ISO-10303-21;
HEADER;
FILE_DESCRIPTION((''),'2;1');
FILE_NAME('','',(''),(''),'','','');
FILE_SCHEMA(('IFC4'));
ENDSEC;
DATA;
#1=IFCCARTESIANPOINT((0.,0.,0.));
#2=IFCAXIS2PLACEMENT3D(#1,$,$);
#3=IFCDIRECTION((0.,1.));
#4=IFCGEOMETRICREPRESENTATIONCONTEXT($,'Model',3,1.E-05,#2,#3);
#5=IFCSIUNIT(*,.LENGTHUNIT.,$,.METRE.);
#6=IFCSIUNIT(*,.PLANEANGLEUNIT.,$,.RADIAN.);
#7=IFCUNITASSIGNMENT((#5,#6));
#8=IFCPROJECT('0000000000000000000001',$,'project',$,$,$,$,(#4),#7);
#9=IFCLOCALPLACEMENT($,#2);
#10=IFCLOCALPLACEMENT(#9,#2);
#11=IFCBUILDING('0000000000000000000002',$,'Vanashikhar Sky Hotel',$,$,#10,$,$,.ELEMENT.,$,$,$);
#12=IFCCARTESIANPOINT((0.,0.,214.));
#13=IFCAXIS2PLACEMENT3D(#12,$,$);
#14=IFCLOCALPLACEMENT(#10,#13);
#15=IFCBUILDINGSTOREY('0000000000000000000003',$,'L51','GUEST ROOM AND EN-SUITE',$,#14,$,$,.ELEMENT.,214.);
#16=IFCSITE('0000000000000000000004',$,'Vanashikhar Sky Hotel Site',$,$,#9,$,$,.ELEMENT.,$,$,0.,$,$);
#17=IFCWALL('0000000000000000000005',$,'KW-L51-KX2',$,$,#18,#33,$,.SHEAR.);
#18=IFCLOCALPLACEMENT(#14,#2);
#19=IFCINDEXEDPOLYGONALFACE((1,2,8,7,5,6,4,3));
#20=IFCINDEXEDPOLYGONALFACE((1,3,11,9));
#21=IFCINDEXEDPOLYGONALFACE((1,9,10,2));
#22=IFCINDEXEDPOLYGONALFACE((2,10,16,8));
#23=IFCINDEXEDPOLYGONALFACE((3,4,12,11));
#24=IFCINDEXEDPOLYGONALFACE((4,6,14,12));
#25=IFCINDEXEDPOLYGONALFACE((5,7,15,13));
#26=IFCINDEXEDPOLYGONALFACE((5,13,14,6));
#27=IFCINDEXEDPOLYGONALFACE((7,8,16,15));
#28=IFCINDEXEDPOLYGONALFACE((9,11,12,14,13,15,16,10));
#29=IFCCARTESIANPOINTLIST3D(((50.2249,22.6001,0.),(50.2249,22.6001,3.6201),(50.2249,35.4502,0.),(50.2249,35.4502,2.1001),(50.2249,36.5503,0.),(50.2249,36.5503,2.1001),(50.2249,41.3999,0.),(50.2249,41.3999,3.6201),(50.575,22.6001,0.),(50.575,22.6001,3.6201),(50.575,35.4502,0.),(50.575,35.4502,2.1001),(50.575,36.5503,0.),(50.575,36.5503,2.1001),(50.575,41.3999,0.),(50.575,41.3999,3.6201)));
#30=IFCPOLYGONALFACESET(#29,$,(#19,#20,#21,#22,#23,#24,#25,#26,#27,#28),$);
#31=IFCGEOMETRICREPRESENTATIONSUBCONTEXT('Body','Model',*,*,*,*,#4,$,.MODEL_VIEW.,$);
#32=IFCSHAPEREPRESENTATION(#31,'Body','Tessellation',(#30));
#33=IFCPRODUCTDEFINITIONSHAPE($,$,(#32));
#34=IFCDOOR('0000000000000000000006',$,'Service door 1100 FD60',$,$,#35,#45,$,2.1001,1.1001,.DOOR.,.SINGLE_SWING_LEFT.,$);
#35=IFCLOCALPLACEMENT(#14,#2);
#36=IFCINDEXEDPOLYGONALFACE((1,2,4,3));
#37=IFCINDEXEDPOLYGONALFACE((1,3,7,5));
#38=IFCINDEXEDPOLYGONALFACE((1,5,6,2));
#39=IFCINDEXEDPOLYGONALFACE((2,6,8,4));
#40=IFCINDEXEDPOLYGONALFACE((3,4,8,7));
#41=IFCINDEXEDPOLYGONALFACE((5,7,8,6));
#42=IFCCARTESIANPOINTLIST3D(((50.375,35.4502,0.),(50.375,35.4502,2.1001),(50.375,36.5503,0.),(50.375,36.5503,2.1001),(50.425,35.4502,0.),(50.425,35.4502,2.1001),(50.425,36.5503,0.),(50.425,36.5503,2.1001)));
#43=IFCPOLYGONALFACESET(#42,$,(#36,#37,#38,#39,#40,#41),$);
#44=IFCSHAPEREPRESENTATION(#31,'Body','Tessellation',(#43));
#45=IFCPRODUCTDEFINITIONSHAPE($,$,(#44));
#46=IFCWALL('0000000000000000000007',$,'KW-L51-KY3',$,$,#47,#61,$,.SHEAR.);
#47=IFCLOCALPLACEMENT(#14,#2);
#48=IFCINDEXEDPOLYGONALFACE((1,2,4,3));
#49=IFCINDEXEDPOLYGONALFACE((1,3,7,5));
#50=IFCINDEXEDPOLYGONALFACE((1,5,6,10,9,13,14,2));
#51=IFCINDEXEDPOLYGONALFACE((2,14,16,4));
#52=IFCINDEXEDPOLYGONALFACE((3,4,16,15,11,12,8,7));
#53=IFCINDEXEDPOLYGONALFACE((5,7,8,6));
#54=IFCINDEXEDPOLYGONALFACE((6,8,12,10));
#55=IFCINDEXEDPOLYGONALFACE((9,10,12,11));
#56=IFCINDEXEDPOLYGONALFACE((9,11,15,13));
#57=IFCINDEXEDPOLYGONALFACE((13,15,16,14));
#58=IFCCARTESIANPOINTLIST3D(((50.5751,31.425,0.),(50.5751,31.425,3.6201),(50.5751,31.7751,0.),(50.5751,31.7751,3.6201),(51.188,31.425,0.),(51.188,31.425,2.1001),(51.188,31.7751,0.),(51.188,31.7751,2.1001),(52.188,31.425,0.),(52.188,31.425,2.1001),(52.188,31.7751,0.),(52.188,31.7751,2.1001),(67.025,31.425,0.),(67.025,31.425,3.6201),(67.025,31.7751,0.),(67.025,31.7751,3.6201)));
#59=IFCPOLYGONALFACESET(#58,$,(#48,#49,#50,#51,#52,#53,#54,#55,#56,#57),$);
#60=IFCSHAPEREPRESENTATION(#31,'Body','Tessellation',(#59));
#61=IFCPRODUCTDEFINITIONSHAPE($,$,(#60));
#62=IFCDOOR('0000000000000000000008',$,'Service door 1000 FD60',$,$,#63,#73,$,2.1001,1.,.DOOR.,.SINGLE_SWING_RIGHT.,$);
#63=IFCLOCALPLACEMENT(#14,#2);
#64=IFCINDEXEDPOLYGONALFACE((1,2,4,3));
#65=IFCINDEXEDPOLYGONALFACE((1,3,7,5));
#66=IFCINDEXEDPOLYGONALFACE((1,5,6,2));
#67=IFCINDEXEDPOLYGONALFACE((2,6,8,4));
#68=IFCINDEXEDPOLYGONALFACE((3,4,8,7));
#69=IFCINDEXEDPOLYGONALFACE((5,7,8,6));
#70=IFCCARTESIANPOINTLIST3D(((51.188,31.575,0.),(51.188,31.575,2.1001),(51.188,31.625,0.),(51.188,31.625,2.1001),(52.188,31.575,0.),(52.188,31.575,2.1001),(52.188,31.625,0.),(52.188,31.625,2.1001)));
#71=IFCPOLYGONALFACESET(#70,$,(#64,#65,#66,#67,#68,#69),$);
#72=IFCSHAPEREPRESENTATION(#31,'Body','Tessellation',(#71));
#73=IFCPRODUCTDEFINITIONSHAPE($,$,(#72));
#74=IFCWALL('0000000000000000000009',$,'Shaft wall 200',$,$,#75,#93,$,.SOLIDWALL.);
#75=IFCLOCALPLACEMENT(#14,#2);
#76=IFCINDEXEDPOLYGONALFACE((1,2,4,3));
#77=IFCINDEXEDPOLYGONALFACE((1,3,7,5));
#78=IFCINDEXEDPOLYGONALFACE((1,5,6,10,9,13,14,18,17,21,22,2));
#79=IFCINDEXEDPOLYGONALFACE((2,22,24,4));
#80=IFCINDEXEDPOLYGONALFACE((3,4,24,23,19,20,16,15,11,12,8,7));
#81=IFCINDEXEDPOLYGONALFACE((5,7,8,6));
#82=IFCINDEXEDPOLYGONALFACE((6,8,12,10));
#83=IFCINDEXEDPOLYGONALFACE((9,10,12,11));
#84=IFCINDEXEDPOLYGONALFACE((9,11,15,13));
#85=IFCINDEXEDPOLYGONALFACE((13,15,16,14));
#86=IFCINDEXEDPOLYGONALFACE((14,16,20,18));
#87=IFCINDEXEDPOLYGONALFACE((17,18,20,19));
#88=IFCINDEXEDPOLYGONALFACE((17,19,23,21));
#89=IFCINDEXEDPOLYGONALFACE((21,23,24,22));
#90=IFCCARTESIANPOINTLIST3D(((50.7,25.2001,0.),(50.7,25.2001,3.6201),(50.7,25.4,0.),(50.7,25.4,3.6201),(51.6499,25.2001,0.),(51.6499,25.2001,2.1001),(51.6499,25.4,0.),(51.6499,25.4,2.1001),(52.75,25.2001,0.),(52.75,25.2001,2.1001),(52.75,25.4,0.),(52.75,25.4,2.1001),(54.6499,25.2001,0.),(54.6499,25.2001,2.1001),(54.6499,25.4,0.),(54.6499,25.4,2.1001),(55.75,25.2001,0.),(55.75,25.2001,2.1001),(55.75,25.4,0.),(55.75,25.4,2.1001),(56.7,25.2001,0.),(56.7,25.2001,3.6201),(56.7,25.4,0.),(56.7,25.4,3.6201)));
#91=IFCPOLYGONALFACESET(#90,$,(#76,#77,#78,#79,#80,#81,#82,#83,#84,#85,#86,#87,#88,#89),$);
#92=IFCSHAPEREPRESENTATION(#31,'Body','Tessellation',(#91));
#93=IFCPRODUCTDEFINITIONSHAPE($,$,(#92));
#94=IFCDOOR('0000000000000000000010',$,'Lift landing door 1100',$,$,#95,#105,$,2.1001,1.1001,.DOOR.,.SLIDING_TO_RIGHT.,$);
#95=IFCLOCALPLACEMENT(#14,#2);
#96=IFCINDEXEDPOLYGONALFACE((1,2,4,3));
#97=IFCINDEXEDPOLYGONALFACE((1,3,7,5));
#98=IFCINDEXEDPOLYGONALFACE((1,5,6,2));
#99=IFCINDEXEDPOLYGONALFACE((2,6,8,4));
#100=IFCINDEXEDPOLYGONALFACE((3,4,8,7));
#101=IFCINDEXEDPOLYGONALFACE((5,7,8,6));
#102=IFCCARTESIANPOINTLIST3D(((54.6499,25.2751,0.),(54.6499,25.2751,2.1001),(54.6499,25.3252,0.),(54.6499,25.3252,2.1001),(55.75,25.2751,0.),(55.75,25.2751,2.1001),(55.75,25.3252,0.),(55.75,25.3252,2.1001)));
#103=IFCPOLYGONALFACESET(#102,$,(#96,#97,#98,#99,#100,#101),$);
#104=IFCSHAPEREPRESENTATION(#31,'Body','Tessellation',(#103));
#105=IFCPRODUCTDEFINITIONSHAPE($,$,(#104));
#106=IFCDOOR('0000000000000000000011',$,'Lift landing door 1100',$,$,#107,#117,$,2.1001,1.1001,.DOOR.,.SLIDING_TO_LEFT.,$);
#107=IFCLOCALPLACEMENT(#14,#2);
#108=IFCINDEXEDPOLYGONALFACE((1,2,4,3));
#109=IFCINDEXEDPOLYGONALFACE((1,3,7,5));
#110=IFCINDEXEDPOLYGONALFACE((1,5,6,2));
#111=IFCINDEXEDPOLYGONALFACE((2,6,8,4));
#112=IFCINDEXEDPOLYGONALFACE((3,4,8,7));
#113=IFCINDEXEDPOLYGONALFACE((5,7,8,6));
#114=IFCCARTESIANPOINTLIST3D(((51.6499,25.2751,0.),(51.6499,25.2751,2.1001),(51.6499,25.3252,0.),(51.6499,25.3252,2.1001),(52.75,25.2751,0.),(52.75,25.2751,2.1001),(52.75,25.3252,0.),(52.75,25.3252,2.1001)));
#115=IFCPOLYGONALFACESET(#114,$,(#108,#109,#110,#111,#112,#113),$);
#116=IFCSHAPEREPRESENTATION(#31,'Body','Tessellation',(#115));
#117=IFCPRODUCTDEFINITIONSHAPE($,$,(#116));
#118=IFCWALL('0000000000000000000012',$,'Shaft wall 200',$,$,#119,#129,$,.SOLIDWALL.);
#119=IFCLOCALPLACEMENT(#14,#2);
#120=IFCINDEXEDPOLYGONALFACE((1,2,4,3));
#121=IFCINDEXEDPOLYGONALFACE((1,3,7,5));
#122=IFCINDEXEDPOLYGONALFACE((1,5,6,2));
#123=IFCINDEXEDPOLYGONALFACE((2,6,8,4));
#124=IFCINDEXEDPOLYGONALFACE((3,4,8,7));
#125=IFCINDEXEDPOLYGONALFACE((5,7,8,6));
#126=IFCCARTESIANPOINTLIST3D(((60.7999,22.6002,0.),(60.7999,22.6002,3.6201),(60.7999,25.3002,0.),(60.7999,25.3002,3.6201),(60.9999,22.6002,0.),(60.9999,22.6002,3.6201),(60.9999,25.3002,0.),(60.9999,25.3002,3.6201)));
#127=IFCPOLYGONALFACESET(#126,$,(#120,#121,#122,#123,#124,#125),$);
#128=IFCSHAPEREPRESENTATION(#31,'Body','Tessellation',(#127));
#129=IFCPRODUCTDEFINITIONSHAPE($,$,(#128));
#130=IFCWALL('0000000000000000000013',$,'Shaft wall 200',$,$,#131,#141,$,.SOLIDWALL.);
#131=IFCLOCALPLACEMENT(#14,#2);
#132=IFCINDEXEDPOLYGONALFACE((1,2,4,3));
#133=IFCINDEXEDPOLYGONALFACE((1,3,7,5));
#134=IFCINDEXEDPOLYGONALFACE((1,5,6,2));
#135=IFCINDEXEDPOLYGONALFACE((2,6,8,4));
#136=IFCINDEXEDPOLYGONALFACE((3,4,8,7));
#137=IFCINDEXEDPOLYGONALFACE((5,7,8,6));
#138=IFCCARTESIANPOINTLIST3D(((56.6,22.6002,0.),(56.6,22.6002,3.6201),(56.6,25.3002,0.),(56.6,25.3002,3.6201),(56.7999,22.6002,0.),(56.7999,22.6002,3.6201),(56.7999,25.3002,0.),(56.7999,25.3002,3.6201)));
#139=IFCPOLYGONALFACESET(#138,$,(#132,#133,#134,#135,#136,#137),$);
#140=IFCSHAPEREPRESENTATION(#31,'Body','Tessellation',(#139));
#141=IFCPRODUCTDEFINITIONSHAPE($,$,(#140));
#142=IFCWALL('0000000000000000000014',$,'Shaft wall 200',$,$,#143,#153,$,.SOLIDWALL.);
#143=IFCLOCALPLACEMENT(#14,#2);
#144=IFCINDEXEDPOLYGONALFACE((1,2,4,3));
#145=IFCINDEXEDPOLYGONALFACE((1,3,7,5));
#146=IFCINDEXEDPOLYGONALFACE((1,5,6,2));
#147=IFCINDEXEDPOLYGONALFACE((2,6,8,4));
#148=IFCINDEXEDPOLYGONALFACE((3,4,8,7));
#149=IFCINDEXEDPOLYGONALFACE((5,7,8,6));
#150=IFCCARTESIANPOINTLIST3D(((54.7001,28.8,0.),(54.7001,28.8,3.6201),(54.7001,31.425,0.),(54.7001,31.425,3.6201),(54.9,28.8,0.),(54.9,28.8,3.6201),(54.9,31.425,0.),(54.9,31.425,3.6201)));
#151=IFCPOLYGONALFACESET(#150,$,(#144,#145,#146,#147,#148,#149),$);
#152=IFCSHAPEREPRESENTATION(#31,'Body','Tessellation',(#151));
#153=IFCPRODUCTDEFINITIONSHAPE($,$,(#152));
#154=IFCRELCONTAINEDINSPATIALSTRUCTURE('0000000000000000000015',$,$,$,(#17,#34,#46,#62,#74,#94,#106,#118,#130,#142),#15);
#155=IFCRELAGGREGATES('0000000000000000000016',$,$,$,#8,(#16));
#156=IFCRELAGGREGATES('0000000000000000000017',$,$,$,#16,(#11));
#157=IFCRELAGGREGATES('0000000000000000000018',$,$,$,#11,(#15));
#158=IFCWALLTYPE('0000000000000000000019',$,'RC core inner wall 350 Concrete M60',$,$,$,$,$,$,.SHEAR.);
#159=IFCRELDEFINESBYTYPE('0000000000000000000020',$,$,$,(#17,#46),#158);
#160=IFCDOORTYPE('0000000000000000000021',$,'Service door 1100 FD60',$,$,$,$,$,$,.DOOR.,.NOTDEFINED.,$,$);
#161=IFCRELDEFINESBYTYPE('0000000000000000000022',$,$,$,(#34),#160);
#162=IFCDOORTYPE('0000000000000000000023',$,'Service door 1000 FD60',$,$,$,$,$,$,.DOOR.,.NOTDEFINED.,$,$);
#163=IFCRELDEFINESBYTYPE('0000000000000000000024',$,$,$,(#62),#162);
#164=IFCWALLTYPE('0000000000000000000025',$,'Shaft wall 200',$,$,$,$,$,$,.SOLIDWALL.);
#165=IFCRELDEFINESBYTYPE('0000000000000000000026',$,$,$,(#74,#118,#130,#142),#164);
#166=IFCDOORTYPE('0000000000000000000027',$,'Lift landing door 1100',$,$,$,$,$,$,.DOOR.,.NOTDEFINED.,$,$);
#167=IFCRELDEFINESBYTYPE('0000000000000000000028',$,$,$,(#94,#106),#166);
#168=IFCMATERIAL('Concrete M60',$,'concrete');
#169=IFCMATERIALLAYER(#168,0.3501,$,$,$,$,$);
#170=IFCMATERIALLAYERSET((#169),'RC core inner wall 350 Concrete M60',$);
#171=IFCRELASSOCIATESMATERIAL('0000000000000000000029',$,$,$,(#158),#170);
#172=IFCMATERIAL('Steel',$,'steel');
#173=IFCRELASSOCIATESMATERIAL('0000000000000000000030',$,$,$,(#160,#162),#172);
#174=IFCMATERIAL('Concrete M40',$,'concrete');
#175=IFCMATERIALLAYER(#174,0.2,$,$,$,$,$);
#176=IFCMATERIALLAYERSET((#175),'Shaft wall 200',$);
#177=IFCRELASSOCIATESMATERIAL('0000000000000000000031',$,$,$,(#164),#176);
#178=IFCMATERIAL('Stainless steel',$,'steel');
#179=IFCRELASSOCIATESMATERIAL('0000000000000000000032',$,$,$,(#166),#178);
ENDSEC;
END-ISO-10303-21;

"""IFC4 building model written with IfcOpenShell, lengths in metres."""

from ifc_helpers import new_model, si_unit, direction, frame, frame_2d, origin, place, context, subcontext, project, spatial, rectangle, extrude, source, transform, mapped, material, layer, layer_set, type_object, element, fill, save


model = new_model("IFC4")

# Units and contexts
model_context = context("Model", 3, precision=1e-05, world=origin(), true_north=direction((0.0, 1.0)))
body_context = subcontext(model_context, "Body", "Model", "MODEL_VIEW")
ifc_project = project(units=[si_unit("LENGTHUNIT", "METRE"), si_unit("PLANEANGLEUNIT", "RADIAN")], contexts=[model_context])

# Site, building, storey
site_placement = place(None, origin())
site = spatial("IfcSite", under=ifc_project, at=site_placement, Name="Vanashikhar Sky Hotel Site", CompositionType="ELEMENT", RefElevation=0.0)
building_placement = place(site_placement, origin())
building = spatial("IfcBuilding", under=site, at=building_placement, Name="Vanashikhar Sky Hotel", CompositionType="ELEMENT")
storey_placement = place(building_placement, frame((0.0, 0.0, 214.0)))
storey = spatial("IfcBuildingStorey", under=building, at=storey_placement, Name="L51", Description="GUEST ROOM AND EN-SUITE", CompositionType="ELEMENT", Elevation=214.0)

# Walls, openings, doors
ifc_material_1 = material(Name="Concrete M60", Category="concrete")
ifc_layer_1 = layer(ifc_material_1, 0.3501)
ifc_layer_set_1 = layer_set([ifc_layer_1], Name="RC core inner wall 350 Concrete M60")
wall_type_1 = type_object("IfcWallType", Name="RC core inner wall 350 Concrete M60", PredefinedType="SHEAR", material=ifc_layer_set_1)
shared_shape_1 = source(origin(), body_context, "Body", "SweptSolid", [
    extrude(rectangle(XDim=18.7998, YDim=0.3501, at=frame_2d((9.3999, 0.0))), origin(), (0.0, 0.0, 1.0), 3.6201),
])
wall_1_placement = place(storey_placement, frame((50.3999, 22.6001, 0.0), z_axis=(0.0, 0.0, 1.0), x_axis=(0.0, 1.0, 0.0)))
wall_1 = element("IfcWall", 1, at=wall_1_placement, inside=storey, type_object=wall_type_1, Name="KW-L51-KX2", PredefinedType="SHEAR", context=body_context, shape_type="MappedRepresentation", body=[
    mapped(shared_shape_1, transform((0.0, 0.0, 0.0), scale=1.0)),
])
shared_shape_2 = source(origin(), body_context, "Body", "SweptSolid", [
    extrude(rectangle(XDim=1.1001, YDim=2.1001, at=frame_2d((0.55, 1.05))), frame((0.0, 0.1851, 0.0), z_axis=(0.0, -1.0, 0.0), x_axis=(1.0, 0.0, 0.0)), (0.0, 0.0, 1.0), 0.3701),
])
opening_1_placement = place(wall_1_placement, frame((12.8501, 0.0, 0.0)))
opening_1 = element("IfcOpeningElement", 2, at=opening_1_placement, cuts=wall_1, PredefinedType="OPENING", context=body_context, shape_type="MappedRepresentation", body=[
    mapped(shared_shape_2, transform((0.0, 0.0, 0.0), scale=1.0)),
])
ifc_material_2 = material(Name="Steel", Category="steel")
door_type_1 = type_object("IfcDoorType", Name="Service door 1100 FD60", OperationType="NOTDEFINED", PredefinedType="DOOR", material=ifc_material_2)
shared_shape_3 = source(origin(), body_context, "Body", "SweptSolid", [
    extrude(rectangle(XDim=1.1001, YDim=2.1001, at=frame_2d((0.55, 1.05))), frame((0.0, 0.0249, 0.0), z_axis=(0.0, -1.0, 0.0), x_axis=(1.0, 0.0, 0.0)), (0.0, 0.0, 1.0), 0.05),
])
door_1_placement = place(opening_1_placement, origin())
door_1 = element("IfcDoor", 3, at=door_1_placement, inside=storey, type_object=door_type_1, Name="Service door 1100 FD60", OperationType="SINGLE_SWING_LEFT", OverallHeight=2.1001, OverallWidth=1.1001, PredefinedType="DOOR", context=body_context, shape_type="MappedRepresentation", body=[
    mapped(shared_shape_3, transform((0.0, 0.0, 0.0), scale=1.0)),
])
fill(opening_1, door_1)
shared_shape_4 = source(origin(), body_context, "Body", "SweptSolid", [
    extrude(rectangle(XDim=16.45, YDim=0.3501, at=frame_2d((8.2251, 0.0))), origin(), (0.0, 0.0, 1.0), 3.6201),
])
wall_2_placement = place(storey_placement, frame((50.575, 31.6001, 0.0), z_axis=(0.0, 0.0, 1.0), x_axis=(1.0, 0.0, 0.0)))
wall_2 = element("IfcWall", 4, at=wall_2_placement, inside=storey, type_object=wall_type_1, Name="KW-L51-KY3", PredefinedType="SHEAR", context=body_context, shape_type="MappedRepresentation", body=[
    mapped(shared_shape_4, transform((0.0, 0.0, 0.0), scale=1.0)),
])
shared_shape_5 = source(origin(), body_context, "Body", "SweptSolid", [
    extrude(rectangle(XDim=1.0, YDim=2.1001, at=frame_2d((0.5, 1.05))), frame((0.0, 0.1851, 0.0), z_axis=(0.0, -1.0, 0.0), x_axis=(1.0, 0.0, 0.0)), (0.0, 0.0, 1.0), 0.3701),
])
opening_2_placement = place(wall_2_placement, frame((0.613, 0.0, 0.0)))
opening_2 = element("IfcOpeningElement", 5, at=opening_2_placement, cuts=wall_2, PredefinedType="OPENING", context=body_context, shape_type="MappedRepresentation", body=[
    mapped(shared_shape_5, transform((0.0, 0.0, 0.0), scale=1.0)),
])
door_type_2 = type_object("IfcDoorType", Name="Service door 1000 FD60", OperationType="NOTDEFINED", PredefinedType="DOOR", material=ifc_material_2)
shared_shape_6 = source(origin(), body_context, "Body", "SweptSolid", [
    extrude(rectangle(XDim=1.0, YDim=2.1001, at=frame_2d((0.5, 1.05))), frame((0.0, 0.0249, 0.0), z_axis=(0.0, -1.0, 0.0), x_axis=(1.0, 0.0, 0.0)), (0.0, 0.0, 1.0), 0.05),
])
door_2_placement = place(opening_2_placement, origin())
door_2 = element("IfcDoor", 6, at=door_2_placement, inside=storey, type_object=door_type_2, Name="Service door 1000 FD60", OperationType="SINGLE_SWING_RIGHT", OverallHeight=2.1001, OverallWidth=1.0, PredefinedType="DOOR", context=body_context, shape_type="MappedRepresentation", body=[
    mapped(shared_shape_6, transform((0.0, 0.0, 0.0), scale=1.0)),
])
fill(opening_2, door_2)

# Wall, openings, doors
ifc_material_3 = material(Name="Concrete M40", Category="concrete")
ifc_layer_2 = layer(ifc_material_3, 0.2)
ifc_layer_set_2 = layer_set([ifc_layer_2], Name="Shaft wall 200")
wall_type_2 = type_object("IfcWallType", Name="Shaft wall 200", PredefinedType="SOLIDWALL", material=ifc_layer_set_2)
shared_shape_7 = source(origin(), body_context, "Body", "SweptSolid", [
    extrude(rectangle(XDim=6.0, YDim=0.2, at=frame_2d((3.0, 0.0))), origin(), (0.0, 0.0, 1.0), 3.6201),
])
wall_3_placement = place(storey_placement, frame((56.7, 25.3, 0.0), z_axis=(0.0, 0.0, 1.0), x_axis=(-1.0, 0.0, 0.0)))
wall_3 = element("IfcWall", 7, at=wall_3_placement, inside=storey, type_object=wall_type_2, Name="Shaft wall 200", PredefinedType="SOLIDWALL", context=body_context, shape_type="MappedRepresentation", body=[
    mapped(shared_shape_7, transform((0.0, 0.0, 0.0), scale=1.0)),
])
shared_shape_8 = source(origin(), body_context, "Body", "SweptSolid", [
    extrude(rectangle(XDim=1.1001, YDim=2.1001, at=frame_2d((0.55, 1.05))), frame((0.0, 0.1099, 0.0), z_axis=(0.0, -1.0, 0.0), x_axis=(1.0, 0.0, 0.0)), (0.0, 0.0, 1.0), 0.22),
])
opening_3_placement = place(wall_3_placement, frame((0.95, 0.0, 0.0)))
opening_3 = element("IfcOpeningElement", 8, at=opening_3_placement, cuts=wall_3, PredefinedType="OPENING", context=body_context, shape_type="MappedRepresentation", body=[
    mapped(shared_shape_8, transform((0.0, 0.0, 0.0), scale=1.0)),
])
opening_4_placement = place(wall_3_placement, frame((3.95, 0.0, 0.0)))
opening_4 = element("IfcOpeningElement", 9, at=opening_4_placement, cuts=wall_3, PredefinedType="OPENING", context=body_context, shape_type="MappedRepresentation", body=[
    mapped(shared_shape_8, transform((0.0, 0.0, 0.0), scale=1.0)),
])
ifc_material_4 = material(Name="Stainless steel", Category="steel")
door_type_3 = type_object("IfcDoorType", Name="Lift landing door 1100", OperationType="NOTDEFINED", PredefinedType="DOOR", material=ifc_material_4)
door_3_placement = place(opening_3_placement, origin())
door_3 = element("IfcDoor", 10, at=door_3_placement, inside=storey, type_object=door_type_3, Name="Lift landing door 1100", OperationType="SLIDING_TO_RIGHT", OverallHeight=2.1001, OverallWidth=1.1001, PredefinedType="DOOR", context=body_context, shape_type="MappedRepresentation", body=[
    mapped(shared_shape_3, transform((0.0, 0.0, 0.0), scale=1.0)),
])
fill(opening_3, door_3)
door_4_placement = place(opening_4_placement, origin())
door_4 = element("IfcDoor", 11, at=door_4_placement, inside=storey, type_object=door_type_3, Name="Lift landing door 1100", OperationType="SLIDING_TO_LEFT", OverallHeight=2.1001, OverallWidth=1.1001, PredefinedType="DOOR", context=body_context, shape_type="MappedRepresentation", body=[
    mapped(shared_shape_3, transform((0.0, 0.0, 0.0), scale=1.0)),
])
fill(opening_4, door_4)

# Walls
shared_shape_9 = source(origin(), body_context, "Body", "SweptSolid", [
    extrude(rectangle(XDim=2.7, YDim=0.2, at=frame_2d((1.3501, 0.0))), origin(), (0.0, 0.0, 1.0), 3.6201),
])
for number, where, z_axis, x_axis, name in (
    (12, (60.8999, 22.6001, 0.0), (0.0, 0.0, 1.0), (0.0, 1.0, 0.0), "Shaft wall 200"),
    (13, (56.7, 22.6001, 0.0), (0.0, 0.0, 1.0), (0.0, 1.0, 0.0), "Shaft wall 200"),
):
    element("IfcWall", number, at=place(storey_placement, frame(where, z_axis=z_axis, x_axis=x_axis)), inside=storey, type_object=wall_type_2, Name=name, PredefinedType="SOLIDWALL", context=body_context, shape_type="MappedRepresentation", body=[
        mapped(shared_shape_9, transform((0.0, 0.0, 0.0), scale=1.0)),
    ])
shared_shape_10 = source(origin(), body_context, "Body", "SweptSolid", [
    extrude(rectangle(XDim=2.625, YDim=0.2, at=frame_2d((1.3125, 0.0))), origin(), (0.0, 0.0, 1.0), 3.6201),
])
wall_4_placement = place(storey_placement, frame((54.8, 28.8, 0.0), z_axis=(0.0, 0.0, 1.0), x_axis=(0.0, 1.0, 0.0)))
element("IfcWall", 14, at=wall_4_placement, inside=storey, type_object=wall_type_2, Name="Shaft wall 200", PredefinedType="SOLIDWALL", context=body_context, shape_type="MappedRepresentation", body=[
    mapped(shared_shape_10, transform((0.0, 0.0, 0.0), scale=1.0)),
])

save(model, "model.ifc")
